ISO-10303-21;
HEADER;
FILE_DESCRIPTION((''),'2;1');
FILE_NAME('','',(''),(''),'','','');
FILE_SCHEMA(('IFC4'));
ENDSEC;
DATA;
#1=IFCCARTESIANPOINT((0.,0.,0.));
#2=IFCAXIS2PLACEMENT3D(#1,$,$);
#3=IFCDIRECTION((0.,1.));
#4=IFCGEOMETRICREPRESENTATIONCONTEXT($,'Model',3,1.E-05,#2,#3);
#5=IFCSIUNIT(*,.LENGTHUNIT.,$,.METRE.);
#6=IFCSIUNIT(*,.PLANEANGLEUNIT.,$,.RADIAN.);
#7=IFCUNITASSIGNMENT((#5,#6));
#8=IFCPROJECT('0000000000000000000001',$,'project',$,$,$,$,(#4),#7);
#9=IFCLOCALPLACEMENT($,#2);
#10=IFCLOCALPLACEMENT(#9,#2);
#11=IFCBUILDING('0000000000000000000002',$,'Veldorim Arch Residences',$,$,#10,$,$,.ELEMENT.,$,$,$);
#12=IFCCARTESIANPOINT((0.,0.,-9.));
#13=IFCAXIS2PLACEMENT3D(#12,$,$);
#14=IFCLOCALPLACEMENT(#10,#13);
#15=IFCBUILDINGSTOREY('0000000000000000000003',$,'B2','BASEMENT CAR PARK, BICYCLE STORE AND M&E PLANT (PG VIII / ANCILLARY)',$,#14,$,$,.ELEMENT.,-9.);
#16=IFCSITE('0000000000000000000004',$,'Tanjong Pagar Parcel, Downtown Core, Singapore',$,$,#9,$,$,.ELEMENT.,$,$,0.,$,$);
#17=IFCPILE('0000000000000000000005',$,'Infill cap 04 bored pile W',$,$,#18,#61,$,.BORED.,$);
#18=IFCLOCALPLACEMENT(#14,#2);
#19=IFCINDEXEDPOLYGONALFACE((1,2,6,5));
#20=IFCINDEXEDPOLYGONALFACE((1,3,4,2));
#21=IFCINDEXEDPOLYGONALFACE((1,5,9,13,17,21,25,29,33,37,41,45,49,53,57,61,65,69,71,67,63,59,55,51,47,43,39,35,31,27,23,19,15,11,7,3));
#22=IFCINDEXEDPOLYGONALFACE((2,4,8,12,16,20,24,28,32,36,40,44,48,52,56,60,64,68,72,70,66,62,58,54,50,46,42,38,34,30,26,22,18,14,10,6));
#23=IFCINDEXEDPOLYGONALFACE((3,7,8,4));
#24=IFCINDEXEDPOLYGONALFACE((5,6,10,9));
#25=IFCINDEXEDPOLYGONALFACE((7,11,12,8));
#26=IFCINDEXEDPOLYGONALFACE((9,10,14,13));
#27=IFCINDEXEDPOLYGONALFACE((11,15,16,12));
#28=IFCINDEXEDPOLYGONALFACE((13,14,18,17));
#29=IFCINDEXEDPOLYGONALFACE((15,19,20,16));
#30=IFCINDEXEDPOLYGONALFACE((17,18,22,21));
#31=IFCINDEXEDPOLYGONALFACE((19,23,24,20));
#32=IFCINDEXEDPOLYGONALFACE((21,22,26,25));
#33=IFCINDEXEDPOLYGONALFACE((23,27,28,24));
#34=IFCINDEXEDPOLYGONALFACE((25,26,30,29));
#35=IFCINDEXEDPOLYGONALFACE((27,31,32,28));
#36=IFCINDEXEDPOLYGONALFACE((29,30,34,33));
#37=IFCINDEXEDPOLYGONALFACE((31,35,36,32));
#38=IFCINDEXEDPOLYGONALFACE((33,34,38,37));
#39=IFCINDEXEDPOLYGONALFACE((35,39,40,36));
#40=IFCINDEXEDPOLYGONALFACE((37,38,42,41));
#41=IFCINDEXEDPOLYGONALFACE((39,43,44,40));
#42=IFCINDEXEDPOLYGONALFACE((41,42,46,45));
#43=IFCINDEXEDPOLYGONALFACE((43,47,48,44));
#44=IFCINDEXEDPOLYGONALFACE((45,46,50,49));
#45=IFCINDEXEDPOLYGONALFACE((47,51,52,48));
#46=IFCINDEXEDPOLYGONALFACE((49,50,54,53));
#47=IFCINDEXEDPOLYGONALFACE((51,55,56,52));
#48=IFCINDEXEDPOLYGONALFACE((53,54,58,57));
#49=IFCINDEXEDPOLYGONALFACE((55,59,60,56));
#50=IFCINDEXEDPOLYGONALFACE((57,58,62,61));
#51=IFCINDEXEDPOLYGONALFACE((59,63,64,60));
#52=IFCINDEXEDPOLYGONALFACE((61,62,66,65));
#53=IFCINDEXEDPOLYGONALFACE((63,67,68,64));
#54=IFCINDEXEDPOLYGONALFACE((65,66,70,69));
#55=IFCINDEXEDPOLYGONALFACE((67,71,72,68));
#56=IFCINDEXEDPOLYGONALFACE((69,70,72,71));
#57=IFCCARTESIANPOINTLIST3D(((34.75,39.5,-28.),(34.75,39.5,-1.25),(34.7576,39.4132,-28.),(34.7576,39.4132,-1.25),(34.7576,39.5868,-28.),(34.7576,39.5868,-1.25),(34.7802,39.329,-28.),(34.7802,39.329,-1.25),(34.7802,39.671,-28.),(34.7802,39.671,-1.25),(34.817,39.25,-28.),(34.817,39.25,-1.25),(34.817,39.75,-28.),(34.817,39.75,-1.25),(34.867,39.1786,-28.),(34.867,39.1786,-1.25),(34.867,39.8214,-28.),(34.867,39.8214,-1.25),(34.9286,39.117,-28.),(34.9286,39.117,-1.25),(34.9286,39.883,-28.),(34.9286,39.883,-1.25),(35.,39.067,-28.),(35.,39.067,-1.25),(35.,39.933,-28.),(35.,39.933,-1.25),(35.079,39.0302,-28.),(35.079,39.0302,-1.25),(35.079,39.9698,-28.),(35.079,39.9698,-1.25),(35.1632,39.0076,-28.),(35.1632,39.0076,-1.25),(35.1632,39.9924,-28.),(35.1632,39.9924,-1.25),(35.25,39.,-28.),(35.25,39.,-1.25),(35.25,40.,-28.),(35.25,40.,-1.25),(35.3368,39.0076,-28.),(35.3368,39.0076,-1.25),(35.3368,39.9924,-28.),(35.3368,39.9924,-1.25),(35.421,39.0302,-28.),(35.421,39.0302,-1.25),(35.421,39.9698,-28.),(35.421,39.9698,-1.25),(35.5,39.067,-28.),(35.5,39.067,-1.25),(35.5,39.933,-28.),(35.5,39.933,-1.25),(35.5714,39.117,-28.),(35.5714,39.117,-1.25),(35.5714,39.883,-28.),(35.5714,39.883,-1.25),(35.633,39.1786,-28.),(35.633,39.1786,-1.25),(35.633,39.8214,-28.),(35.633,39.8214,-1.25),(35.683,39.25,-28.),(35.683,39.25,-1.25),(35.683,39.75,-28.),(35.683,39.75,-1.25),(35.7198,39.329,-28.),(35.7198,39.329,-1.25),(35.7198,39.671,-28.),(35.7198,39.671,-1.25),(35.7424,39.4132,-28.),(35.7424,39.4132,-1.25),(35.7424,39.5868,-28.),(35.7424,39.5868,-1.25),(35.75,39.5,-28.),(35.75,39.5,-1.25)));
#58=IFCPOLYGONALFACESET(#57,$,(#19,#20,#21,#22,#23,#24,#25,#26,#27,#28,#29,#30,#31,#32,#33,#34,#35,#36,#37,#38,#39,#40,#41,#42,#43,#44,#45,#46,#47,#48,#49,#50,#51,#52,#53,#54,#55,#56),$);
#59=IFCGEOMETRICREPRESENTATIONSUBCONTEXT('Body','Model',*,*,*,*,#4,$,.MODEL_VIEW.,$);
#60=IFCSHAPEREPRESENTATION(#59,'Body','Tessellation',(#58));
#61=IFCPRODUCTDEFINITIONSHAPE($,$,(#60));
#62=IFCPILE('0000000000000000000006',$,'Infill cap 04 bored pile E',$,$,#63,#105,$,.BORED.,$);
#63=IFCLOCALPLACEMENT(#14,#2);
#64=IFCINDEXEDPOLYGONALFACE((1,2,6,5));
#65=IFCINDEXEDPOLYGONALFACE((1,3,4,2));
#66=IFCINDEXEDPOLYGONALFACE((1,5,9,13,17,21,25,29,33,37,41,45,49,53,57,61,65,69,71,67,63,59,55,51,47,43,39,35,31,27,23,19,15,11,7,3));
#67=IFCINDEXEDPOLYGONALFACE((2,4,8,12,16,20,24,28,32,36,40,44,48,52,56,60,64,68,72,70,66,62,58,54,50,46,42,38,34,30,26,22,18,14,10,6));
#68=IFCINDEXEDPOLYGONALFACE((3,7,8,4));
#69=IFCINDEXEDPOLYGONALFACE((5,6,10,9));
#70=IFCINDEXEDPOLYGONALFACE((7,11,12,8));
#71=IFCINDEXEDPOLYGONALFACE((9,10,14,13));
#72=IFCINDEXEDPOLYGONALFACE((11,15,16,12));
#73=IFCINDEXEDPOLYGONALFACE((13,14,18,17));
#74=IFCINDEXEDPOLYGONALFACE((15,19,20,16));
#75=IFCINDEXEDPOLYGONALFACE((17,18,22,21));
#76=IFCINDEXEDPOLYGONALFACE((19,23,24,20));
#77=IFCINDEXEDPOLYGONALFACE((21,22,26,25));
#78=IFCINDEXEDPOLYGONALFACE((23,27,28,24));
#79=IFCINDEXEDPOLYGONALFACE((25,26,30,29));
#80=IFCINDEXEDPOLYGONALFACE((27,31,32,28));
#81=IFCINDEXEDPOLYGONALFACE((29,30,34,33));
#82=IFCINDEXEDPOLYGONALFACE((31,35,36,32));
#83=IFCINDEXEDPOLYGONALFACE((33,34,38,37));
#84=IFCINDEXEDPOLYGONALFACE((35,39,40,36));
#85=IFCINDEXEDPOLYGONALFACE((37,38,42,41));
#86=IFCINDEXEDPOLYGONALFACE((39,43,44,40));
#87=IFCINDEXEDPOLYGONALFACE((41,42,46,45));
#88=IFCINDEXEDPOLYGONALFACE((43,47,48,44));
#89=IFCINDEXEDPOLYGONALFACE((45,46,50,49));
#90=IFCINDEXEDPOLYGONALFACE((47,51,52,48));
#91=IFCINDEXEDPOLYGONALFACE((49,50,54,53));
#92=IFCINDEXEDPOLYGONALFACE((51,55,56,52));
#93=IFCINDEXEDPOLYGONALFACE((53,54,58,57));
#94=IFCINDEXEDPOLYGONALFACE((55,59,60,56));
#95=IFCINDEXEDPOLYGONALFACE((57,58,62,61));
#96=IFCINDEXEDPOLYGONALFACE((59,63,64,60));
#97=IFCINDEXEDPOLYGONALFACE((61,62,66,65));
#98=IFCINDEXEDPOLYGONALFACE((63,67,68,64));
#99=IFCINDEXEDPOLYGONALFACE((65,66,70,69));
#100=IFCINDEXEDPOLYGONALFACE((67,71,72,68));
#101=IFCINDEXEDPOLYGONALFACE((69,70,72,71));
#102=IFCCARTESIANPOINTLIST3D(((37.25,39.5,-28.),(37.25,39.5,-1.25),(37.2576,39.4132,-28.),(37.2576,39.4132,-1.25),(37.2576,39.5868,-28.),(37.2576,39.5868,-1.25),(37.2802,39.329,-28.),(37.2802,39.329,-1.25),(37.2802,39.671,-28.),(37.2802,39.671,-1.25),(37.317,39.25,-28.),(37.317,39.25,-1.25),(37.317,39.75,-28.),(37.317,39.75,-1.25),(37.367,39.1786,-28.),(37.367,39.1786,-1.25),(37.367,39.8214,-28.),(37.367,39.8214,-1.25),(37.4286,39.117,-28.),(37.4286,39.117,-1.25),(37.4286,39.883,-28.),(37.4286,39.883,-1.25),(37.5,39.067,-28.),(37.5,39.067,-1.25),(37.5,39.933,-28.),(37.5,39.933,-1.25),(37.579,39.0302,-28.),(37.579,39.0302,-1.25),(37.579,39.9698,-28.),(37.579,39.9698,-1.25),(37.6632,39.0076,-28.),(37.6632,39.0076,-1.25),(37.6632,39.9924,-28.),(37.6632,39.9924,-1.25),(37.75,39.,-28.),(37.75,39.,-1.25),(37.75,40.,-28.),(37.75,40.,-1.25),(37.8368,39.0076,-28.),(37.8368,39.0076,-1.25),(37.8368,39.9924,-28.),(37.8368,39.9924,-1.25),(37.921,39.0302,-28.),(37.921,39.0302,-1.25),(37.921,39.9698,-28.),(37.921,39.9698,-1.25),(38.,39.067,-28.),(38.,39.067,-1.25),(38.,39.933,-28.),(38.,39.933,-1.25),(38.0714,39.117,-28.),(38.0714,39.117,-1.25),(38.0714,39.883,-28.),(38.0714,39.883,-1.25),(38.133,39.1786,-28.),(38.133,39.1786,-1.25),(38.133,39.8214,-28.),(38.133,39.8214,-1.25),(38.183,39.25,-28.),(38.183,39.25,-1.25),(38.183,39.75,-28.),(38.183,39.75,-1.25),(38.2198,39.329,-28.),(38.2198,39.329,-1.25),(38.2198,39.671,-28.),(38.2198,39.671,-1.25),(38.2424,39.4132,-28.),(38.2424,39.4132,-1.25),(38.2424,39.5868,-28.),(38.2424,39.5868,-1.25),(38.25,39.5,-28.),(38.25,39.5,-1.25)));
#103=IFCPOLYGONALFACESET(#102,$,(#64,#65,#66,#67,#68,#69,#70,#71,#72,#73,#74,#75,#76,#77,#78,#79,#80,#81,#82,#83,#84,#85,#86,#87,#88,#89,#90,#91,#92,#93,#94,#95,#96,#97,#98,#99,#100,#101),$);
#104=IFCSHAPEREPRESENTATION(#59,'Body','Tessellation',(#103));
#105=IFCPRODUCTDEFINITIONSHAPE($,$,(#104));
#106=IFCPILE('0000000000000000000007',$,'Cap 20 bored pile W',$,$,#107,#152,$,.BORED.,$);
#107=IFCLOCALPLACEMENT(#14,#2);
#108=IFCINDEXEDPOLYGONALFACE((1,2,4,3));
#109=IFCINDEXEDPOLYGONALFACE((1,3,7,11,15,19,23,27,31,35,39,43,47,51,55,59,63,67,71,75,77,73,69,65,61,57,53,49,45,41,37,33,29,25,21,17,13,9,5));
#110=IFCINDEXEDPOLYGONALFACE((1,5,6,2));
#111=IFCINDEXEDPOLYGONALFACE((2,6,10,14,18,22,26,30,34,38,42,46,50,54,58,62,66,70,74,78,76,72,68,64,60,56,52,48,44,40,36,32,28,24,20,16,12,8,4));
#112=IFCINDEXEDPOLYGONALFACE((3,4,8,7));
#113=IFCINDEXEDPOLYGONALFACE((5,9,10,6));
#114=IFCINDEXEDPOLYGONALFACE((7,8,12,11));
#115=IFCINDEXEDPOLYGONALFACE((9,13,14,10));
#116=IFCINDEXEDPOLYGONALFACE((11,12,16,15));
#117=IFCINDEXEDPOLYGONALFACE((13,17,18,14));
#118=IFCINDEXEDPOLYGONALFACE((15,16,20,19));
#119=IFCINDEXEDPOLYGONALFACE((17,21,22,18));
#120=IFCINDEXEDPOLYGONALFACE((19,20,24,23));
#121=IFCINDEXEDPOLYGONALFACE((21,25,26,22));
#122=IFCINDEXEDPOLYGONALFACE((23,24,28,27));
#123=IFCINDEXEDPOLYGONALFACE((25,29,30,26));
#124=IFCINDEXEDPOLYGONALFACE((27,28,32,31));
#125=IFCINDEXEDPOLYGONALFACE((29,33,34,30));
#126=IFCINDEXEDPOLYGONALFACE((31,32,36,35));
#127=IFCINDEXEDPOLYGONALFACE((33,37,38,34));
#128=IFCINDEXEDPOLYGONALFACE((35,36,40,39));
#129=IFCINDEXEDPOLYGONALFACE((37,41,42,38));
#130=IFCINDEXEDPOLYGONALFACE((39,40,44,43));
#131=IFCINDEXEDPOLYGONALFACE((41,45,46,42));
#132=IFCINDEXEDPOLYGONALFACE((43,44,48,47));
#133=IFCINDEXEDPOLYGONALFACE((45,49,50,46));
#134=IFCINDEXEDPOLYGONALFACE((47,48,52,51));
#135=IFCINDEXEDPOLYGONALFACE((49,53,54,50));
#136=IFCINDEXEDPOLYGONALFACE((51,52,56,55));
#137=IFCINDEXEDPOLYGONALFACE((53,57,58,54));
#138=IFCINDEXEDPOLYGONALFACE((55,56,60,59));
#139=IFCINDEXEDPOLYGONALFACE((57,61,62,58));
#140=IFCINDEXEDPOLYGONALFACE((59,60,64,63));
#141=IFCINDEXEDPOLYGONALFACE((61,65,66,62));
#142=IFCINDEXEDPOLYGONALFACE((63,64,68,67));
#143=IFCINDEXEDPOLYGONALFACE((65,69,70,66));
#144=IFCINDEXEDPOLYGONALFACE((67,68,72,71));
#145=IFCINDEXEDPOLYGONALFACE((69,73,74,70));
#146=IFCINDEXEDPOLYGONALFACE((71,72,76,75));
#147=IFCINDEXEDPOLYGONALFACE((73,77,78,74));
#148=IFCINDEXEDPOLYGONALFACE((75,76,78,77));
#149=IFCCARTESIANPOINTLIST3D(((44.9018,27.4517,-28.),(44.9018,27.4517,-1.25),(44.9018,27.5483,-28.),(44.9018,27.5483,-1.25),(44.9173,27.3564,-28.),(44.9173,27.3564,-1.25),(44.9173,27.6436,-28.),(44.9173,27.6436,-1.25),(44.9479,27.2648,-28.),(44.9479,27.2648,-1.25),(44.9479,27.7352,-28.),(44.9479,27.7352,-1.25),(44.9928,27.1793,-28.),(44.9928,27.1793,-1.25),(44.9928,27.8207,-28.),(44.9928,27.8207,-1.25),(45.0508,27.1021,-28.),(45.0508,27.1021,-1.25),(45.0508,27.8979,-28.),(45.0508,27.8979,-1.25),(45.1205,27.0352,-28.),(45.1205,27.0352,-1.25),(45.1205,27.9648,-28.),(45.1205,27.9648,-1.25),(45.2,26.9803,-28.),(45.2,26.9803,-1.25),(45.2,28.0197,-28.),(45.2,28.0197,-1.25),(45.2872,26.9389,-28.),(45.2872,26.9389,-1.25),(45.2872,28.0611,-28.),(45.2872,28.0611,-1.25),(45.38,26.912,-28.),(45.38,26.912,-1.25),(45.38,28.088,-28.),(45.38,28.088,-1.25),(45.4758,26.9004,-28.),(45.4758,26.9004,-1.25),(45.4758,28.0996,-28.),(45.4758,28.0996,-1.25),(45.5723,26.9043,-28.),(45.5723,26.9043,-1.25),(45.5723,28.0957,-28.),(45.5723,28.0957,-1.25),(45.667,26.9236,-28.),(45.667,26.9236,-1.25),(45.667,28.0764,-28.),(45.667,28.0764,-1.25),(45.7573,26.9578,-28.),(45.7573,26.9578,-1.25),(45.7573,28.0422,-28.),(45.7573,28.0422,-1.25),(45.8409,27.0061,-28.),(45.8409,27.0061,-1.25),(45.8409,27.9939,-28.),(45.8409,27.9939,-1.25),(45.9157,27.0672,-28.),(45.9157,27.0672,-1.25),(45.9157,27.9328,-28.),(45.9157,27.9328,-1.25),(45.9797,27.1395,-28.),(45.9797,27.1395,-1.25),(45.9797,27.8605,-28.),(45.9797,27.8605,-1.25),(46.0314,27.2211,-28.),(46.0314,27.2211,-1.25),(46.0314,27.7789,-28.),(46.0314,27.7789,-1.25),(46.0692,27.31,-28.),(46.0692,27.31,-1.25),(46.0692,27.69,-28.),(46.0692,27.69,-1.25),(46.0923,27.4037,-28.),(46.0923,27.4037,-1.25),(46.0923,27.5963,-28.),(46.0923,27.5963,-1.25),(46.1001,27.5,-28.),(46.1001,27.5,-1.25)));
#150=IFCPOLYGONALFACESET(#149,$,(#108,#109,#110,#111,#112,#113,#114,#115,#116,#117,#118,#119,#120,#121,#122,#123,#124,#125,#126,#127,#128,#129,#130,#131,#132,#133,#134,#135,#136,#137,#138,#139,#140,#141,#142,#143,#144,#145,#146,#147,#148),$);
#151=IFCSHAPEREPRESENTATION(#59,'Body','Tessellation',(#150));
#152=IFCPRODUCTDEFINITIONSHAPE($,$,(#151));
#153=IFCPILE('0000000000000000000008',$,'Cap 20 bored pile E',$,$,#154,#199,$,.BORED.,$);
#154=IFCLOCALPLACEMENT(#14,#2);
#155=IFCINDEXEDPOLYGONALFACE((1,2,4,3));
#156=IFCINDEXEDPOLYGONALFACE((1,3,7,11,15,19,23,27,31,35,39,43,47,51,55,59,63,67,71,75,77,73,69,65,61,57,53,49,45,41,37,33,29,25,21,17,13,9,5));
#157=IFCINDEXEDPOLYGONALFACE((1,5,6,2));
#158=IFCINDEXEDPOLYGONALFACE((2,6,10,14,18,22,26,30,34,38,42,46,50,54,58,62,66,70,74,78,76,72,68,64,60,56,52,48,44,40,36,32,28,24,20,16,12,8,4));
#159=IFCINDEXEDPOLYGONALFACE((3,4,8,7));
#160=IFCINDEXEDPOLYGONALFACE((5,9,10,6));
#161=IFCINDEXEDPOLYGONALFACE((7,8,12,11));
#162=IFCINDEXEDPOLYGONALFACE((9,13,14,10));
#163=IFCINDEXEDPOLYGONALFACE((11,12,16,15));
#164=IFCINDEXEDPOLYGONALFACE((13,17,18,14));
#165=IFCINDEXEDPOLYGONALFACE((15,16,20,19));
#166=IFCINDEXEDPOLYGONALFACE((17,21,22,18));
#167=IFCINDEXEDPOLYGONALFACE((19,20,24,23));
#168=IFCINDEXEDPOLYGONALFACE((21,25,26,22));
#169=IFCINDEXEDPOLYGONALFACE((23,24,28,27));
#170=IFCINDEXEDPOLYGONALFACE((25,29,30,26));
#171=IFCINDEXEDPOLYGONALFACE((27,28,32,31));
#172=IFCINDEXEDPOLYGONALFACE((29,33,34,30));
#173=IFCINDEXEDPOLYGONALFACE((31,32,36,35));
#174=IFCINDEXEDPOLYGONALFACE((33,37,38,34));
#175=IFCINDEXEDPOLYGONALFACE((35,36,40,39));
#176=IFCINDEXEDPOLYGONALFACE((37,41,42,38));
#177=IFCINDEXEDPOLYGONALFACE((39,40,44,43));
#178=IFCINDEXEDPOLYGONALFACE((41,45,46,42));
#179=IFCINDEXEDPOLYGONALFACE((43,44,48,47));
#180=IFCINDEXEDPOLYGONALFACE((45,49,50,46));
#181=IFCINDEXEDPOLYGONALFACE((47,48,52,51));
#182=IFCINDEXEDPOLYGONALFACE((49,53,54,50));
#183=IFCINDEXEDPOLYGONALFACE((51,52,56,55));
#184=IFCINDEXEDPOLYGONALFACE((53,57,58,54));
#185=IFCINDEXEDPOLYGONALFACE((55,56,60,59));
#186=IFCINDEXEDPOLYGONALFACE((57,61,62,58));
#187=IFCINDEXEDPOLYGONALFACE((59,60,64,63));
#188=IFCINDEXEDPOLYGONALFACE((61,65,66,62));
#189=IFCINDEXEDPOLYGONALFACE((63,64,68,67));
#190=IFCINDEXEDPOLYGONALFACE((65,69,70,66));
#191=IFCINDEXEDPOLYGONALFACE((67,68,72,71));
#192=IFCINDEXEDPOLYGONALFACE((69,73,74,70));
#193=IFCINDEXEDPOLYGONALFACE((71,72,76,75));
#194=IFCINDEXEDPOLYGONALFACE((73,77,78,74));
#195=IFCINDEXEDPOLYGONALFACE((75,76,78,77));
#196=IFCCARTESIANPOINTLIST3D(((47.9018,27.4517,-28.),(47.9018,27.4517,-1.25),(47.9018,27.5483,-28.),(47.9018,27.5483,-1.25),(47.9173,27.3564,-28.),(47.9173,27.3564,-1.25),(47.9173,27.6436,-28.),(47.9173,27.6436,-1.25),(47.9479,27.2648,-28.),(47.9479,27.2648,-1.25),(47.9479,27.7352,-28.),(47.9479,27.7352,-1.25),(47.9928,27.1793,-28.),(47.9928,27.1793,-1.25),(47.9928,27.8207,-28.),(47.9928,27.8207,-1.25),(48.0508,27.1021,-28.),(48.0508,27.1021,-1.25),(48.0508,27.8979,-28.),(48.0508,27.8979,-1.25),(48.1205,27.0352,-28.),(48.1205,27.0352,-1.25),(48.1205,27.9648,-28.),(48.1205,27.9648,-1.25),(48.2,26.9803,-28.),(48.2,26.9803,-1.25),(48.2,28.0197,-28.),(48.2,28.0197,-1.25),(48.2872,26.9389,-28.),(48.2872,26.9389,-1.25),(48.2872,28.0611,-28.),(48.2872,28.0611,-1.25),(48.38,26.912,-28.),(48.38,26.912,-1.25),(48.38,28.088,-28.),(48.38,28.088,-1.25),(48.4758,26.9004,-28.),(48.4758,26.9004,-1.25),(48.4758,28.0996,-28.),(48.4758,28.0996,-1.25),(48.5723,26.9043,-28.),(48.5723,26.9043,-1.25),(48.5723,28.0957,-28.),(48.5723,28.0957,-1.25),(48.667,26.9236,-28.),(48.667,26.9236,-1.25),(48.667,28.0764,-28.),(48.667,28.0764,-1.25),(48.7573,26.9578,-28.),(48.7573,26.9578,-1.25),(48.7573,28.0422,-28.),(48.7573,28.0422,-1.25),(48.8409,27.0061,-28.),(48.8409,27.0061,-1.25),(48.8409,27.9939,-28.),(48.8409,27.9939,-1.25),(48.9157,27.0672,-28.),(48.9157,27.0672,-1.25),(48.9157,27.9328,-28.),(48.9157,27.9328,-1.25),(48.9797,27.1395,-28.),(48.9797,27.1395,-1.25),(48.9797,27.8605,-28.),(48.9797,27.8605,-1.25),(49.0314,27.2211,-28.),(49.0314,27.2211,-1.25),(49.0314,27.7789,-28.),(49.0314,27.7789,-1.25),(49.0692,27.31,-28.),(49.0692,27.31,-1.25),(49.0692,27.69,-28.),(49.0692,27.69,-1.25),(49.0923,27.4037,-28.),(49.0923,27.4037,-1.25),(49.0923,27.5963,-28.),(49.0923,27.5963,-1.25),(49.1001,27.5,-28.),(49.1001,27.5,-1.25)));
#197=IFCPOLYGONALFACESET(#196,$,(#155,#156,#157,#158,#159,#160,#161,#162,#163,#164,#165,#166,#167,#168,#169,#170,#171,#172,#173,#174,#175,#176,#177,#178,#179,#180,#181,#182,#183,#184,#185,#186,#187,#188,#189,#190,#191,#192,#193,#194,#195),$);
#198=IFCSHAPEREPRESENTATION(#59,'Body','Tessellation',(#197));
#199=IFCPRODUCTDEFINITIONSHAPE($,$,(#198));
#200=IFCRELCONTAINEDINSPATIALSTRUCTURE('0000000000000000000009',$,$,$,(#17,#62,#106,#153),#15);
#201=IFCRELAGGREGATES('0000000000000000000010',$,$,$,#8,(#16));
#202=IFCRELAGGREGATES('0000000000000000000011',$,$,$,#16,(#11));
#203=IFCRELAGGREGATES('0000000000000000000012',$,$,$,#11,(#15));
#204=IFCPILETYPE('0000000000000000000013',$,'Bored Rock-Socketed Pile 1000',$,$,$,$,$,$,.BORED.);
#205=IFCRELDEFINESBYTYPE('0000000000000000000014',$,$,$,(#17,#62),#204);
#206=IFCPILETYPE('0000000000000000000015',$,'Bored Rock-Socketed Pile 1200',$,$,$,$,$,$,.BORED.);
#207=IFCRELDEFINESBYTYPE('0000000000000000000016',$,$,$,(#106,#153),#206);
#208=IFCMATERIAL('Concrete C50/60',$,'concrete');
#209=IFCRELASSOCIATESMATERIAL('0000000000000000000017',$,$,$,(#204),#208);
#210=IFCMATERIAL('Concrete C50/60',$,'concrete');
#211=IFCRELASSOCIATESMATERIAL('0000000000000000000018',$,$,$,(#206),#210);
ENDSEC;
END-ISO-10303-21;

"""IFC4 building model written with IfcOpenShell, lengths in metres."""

from ifc_helpers import new_model, si_unit, direction, frame, origin, origin_2d, place, context, subcontext, project, spatial, circle, extrude, material, material_profile, profile_set, type_object, element, save


model = new_model("IFC4")

# Units and contexts
model_context = context("Model", 3, precision=1e-05, world=origin(), true_north=direction((0.0, 1.0)))
body_context = subcontext(model_context, "Body", "Model", "MODEL_VIEW")
ifc_project = project(units=[si_unit("LENGTHUNIT", "METRE"), si_unit("PLANEANGLEUNIT", "RADIAN")], contexts=[model_context])

# Site, building, storey
site_placement = place(None, origin())
site = spatial("IfcSite", under=ifc_project, at=site_placement, Name="Tanjong Pagar Parcel, Downtown Core, Singapore", CompositionType="ELEMENT", RefElevation=0.0)
building_placement = place(site_placement, origin())
building = spatial("IfcBuilding", under=site, at=building_placement, Name="Veldorim Arch Residences", CompositionType="ELEMENT")
storey_placement = place(building_placement, frame((0.0, 0.0, -9.0)))
storey = spatial("IfcBuildingStorey", under=building, at=storey_placement, Name="B2", Description="BASEMENT CAR PARK, BICYCLE STORE AND M&E PLANT (PG VIII / ANCILLARY)", CompositionType="ELEMENT", Elevation=-9.0)

# Piles
ifc_material_1 = material(Name="Concrete C50/60", Category="concrete")
ifc_material_profile_1 = material_profile(ifc_material_1, circle(Radius=0.5, at=origin_2d()), Name="PILE_1000")
ifc_profile_set_1 = profile_set([ifc_material_profile_1], Name="Concrete C50/60")
pile_type_1 = type_object("IfcPileType", Name="Bored Rock-Socketed Pile 1000", PredefinedType="BORED", material=ifc_profile_set_1)
for number, where, z_axis, x_axis, name in (
    (1, (35.25, 39.5, -1.25), (0.0, 0.0, -1.0), (1.0, 0.0, 0.0), "Infill cap 04 bored pile W"),
    (2, (37.75, 39.5, -1.25), (0.0, 0.0, -1.0), (1.0, 0.0, 0.0), "Infill cap 04 bored pile E"),
):
    element("IfcPile", number, at=place(storey_placement, frame(where, z_axis=z_axis, x_axis=x_axis)), inside=storey, type_object=pile_type_1, Name=name, PredefinedType="BORED", context=body_context, shape_type="SweptSolid", body=[
        extrude(circle(Radius=0.5, at=origin_2d()), origin(), (0.0, 0.0, 1.0), 26.75),
    ])
ifc_material_2 = material(Name="Concrete C50/60", Category="concrete")
ifc_material_profile_2 = material_profile(ifc_material_2, circle(Radius=0.6001, at=origin_2d()), Name="PILE_1200")
ifc_profile_set_2 = profile_set([ifc_material_profile_2], Name="Concrete C50/60")
pile_type_2 = type_object("IfcPileType", Name="Bored Rock-Socketed Pile 1200", PredefinedType="BORED", material=ifc_profile_set_2)
for number, where, z_axis, x_axis, name in (
    (3, (45.5, 27.5, -1.25), (0.0, 0.0, -1.0), (1.0, 0.0, 0.0), "Cap 20 bored pile W"),
    (4, (48.5, 27.5, -1.25), (0.0, 0.0, -1.0), (1.0, 0.0, 0.0), "Cap 20 bored pile E"),
):
    element("IfcPile", number, at=place(storey_placement, frame(where, z_axis=z_axis, x_axis=x_axis)), inside=storey, type_object=pile_type_2, Name=name, PredefinedType="BORED", context=body_context, shape_type="SweptSolid", body=[
        extrude(circle(Radius=0.6001, at=origin_2d()), origin(), (0.0, 0.0, 1.0), 26.75),
    ])

save(model, "model.ifc")
